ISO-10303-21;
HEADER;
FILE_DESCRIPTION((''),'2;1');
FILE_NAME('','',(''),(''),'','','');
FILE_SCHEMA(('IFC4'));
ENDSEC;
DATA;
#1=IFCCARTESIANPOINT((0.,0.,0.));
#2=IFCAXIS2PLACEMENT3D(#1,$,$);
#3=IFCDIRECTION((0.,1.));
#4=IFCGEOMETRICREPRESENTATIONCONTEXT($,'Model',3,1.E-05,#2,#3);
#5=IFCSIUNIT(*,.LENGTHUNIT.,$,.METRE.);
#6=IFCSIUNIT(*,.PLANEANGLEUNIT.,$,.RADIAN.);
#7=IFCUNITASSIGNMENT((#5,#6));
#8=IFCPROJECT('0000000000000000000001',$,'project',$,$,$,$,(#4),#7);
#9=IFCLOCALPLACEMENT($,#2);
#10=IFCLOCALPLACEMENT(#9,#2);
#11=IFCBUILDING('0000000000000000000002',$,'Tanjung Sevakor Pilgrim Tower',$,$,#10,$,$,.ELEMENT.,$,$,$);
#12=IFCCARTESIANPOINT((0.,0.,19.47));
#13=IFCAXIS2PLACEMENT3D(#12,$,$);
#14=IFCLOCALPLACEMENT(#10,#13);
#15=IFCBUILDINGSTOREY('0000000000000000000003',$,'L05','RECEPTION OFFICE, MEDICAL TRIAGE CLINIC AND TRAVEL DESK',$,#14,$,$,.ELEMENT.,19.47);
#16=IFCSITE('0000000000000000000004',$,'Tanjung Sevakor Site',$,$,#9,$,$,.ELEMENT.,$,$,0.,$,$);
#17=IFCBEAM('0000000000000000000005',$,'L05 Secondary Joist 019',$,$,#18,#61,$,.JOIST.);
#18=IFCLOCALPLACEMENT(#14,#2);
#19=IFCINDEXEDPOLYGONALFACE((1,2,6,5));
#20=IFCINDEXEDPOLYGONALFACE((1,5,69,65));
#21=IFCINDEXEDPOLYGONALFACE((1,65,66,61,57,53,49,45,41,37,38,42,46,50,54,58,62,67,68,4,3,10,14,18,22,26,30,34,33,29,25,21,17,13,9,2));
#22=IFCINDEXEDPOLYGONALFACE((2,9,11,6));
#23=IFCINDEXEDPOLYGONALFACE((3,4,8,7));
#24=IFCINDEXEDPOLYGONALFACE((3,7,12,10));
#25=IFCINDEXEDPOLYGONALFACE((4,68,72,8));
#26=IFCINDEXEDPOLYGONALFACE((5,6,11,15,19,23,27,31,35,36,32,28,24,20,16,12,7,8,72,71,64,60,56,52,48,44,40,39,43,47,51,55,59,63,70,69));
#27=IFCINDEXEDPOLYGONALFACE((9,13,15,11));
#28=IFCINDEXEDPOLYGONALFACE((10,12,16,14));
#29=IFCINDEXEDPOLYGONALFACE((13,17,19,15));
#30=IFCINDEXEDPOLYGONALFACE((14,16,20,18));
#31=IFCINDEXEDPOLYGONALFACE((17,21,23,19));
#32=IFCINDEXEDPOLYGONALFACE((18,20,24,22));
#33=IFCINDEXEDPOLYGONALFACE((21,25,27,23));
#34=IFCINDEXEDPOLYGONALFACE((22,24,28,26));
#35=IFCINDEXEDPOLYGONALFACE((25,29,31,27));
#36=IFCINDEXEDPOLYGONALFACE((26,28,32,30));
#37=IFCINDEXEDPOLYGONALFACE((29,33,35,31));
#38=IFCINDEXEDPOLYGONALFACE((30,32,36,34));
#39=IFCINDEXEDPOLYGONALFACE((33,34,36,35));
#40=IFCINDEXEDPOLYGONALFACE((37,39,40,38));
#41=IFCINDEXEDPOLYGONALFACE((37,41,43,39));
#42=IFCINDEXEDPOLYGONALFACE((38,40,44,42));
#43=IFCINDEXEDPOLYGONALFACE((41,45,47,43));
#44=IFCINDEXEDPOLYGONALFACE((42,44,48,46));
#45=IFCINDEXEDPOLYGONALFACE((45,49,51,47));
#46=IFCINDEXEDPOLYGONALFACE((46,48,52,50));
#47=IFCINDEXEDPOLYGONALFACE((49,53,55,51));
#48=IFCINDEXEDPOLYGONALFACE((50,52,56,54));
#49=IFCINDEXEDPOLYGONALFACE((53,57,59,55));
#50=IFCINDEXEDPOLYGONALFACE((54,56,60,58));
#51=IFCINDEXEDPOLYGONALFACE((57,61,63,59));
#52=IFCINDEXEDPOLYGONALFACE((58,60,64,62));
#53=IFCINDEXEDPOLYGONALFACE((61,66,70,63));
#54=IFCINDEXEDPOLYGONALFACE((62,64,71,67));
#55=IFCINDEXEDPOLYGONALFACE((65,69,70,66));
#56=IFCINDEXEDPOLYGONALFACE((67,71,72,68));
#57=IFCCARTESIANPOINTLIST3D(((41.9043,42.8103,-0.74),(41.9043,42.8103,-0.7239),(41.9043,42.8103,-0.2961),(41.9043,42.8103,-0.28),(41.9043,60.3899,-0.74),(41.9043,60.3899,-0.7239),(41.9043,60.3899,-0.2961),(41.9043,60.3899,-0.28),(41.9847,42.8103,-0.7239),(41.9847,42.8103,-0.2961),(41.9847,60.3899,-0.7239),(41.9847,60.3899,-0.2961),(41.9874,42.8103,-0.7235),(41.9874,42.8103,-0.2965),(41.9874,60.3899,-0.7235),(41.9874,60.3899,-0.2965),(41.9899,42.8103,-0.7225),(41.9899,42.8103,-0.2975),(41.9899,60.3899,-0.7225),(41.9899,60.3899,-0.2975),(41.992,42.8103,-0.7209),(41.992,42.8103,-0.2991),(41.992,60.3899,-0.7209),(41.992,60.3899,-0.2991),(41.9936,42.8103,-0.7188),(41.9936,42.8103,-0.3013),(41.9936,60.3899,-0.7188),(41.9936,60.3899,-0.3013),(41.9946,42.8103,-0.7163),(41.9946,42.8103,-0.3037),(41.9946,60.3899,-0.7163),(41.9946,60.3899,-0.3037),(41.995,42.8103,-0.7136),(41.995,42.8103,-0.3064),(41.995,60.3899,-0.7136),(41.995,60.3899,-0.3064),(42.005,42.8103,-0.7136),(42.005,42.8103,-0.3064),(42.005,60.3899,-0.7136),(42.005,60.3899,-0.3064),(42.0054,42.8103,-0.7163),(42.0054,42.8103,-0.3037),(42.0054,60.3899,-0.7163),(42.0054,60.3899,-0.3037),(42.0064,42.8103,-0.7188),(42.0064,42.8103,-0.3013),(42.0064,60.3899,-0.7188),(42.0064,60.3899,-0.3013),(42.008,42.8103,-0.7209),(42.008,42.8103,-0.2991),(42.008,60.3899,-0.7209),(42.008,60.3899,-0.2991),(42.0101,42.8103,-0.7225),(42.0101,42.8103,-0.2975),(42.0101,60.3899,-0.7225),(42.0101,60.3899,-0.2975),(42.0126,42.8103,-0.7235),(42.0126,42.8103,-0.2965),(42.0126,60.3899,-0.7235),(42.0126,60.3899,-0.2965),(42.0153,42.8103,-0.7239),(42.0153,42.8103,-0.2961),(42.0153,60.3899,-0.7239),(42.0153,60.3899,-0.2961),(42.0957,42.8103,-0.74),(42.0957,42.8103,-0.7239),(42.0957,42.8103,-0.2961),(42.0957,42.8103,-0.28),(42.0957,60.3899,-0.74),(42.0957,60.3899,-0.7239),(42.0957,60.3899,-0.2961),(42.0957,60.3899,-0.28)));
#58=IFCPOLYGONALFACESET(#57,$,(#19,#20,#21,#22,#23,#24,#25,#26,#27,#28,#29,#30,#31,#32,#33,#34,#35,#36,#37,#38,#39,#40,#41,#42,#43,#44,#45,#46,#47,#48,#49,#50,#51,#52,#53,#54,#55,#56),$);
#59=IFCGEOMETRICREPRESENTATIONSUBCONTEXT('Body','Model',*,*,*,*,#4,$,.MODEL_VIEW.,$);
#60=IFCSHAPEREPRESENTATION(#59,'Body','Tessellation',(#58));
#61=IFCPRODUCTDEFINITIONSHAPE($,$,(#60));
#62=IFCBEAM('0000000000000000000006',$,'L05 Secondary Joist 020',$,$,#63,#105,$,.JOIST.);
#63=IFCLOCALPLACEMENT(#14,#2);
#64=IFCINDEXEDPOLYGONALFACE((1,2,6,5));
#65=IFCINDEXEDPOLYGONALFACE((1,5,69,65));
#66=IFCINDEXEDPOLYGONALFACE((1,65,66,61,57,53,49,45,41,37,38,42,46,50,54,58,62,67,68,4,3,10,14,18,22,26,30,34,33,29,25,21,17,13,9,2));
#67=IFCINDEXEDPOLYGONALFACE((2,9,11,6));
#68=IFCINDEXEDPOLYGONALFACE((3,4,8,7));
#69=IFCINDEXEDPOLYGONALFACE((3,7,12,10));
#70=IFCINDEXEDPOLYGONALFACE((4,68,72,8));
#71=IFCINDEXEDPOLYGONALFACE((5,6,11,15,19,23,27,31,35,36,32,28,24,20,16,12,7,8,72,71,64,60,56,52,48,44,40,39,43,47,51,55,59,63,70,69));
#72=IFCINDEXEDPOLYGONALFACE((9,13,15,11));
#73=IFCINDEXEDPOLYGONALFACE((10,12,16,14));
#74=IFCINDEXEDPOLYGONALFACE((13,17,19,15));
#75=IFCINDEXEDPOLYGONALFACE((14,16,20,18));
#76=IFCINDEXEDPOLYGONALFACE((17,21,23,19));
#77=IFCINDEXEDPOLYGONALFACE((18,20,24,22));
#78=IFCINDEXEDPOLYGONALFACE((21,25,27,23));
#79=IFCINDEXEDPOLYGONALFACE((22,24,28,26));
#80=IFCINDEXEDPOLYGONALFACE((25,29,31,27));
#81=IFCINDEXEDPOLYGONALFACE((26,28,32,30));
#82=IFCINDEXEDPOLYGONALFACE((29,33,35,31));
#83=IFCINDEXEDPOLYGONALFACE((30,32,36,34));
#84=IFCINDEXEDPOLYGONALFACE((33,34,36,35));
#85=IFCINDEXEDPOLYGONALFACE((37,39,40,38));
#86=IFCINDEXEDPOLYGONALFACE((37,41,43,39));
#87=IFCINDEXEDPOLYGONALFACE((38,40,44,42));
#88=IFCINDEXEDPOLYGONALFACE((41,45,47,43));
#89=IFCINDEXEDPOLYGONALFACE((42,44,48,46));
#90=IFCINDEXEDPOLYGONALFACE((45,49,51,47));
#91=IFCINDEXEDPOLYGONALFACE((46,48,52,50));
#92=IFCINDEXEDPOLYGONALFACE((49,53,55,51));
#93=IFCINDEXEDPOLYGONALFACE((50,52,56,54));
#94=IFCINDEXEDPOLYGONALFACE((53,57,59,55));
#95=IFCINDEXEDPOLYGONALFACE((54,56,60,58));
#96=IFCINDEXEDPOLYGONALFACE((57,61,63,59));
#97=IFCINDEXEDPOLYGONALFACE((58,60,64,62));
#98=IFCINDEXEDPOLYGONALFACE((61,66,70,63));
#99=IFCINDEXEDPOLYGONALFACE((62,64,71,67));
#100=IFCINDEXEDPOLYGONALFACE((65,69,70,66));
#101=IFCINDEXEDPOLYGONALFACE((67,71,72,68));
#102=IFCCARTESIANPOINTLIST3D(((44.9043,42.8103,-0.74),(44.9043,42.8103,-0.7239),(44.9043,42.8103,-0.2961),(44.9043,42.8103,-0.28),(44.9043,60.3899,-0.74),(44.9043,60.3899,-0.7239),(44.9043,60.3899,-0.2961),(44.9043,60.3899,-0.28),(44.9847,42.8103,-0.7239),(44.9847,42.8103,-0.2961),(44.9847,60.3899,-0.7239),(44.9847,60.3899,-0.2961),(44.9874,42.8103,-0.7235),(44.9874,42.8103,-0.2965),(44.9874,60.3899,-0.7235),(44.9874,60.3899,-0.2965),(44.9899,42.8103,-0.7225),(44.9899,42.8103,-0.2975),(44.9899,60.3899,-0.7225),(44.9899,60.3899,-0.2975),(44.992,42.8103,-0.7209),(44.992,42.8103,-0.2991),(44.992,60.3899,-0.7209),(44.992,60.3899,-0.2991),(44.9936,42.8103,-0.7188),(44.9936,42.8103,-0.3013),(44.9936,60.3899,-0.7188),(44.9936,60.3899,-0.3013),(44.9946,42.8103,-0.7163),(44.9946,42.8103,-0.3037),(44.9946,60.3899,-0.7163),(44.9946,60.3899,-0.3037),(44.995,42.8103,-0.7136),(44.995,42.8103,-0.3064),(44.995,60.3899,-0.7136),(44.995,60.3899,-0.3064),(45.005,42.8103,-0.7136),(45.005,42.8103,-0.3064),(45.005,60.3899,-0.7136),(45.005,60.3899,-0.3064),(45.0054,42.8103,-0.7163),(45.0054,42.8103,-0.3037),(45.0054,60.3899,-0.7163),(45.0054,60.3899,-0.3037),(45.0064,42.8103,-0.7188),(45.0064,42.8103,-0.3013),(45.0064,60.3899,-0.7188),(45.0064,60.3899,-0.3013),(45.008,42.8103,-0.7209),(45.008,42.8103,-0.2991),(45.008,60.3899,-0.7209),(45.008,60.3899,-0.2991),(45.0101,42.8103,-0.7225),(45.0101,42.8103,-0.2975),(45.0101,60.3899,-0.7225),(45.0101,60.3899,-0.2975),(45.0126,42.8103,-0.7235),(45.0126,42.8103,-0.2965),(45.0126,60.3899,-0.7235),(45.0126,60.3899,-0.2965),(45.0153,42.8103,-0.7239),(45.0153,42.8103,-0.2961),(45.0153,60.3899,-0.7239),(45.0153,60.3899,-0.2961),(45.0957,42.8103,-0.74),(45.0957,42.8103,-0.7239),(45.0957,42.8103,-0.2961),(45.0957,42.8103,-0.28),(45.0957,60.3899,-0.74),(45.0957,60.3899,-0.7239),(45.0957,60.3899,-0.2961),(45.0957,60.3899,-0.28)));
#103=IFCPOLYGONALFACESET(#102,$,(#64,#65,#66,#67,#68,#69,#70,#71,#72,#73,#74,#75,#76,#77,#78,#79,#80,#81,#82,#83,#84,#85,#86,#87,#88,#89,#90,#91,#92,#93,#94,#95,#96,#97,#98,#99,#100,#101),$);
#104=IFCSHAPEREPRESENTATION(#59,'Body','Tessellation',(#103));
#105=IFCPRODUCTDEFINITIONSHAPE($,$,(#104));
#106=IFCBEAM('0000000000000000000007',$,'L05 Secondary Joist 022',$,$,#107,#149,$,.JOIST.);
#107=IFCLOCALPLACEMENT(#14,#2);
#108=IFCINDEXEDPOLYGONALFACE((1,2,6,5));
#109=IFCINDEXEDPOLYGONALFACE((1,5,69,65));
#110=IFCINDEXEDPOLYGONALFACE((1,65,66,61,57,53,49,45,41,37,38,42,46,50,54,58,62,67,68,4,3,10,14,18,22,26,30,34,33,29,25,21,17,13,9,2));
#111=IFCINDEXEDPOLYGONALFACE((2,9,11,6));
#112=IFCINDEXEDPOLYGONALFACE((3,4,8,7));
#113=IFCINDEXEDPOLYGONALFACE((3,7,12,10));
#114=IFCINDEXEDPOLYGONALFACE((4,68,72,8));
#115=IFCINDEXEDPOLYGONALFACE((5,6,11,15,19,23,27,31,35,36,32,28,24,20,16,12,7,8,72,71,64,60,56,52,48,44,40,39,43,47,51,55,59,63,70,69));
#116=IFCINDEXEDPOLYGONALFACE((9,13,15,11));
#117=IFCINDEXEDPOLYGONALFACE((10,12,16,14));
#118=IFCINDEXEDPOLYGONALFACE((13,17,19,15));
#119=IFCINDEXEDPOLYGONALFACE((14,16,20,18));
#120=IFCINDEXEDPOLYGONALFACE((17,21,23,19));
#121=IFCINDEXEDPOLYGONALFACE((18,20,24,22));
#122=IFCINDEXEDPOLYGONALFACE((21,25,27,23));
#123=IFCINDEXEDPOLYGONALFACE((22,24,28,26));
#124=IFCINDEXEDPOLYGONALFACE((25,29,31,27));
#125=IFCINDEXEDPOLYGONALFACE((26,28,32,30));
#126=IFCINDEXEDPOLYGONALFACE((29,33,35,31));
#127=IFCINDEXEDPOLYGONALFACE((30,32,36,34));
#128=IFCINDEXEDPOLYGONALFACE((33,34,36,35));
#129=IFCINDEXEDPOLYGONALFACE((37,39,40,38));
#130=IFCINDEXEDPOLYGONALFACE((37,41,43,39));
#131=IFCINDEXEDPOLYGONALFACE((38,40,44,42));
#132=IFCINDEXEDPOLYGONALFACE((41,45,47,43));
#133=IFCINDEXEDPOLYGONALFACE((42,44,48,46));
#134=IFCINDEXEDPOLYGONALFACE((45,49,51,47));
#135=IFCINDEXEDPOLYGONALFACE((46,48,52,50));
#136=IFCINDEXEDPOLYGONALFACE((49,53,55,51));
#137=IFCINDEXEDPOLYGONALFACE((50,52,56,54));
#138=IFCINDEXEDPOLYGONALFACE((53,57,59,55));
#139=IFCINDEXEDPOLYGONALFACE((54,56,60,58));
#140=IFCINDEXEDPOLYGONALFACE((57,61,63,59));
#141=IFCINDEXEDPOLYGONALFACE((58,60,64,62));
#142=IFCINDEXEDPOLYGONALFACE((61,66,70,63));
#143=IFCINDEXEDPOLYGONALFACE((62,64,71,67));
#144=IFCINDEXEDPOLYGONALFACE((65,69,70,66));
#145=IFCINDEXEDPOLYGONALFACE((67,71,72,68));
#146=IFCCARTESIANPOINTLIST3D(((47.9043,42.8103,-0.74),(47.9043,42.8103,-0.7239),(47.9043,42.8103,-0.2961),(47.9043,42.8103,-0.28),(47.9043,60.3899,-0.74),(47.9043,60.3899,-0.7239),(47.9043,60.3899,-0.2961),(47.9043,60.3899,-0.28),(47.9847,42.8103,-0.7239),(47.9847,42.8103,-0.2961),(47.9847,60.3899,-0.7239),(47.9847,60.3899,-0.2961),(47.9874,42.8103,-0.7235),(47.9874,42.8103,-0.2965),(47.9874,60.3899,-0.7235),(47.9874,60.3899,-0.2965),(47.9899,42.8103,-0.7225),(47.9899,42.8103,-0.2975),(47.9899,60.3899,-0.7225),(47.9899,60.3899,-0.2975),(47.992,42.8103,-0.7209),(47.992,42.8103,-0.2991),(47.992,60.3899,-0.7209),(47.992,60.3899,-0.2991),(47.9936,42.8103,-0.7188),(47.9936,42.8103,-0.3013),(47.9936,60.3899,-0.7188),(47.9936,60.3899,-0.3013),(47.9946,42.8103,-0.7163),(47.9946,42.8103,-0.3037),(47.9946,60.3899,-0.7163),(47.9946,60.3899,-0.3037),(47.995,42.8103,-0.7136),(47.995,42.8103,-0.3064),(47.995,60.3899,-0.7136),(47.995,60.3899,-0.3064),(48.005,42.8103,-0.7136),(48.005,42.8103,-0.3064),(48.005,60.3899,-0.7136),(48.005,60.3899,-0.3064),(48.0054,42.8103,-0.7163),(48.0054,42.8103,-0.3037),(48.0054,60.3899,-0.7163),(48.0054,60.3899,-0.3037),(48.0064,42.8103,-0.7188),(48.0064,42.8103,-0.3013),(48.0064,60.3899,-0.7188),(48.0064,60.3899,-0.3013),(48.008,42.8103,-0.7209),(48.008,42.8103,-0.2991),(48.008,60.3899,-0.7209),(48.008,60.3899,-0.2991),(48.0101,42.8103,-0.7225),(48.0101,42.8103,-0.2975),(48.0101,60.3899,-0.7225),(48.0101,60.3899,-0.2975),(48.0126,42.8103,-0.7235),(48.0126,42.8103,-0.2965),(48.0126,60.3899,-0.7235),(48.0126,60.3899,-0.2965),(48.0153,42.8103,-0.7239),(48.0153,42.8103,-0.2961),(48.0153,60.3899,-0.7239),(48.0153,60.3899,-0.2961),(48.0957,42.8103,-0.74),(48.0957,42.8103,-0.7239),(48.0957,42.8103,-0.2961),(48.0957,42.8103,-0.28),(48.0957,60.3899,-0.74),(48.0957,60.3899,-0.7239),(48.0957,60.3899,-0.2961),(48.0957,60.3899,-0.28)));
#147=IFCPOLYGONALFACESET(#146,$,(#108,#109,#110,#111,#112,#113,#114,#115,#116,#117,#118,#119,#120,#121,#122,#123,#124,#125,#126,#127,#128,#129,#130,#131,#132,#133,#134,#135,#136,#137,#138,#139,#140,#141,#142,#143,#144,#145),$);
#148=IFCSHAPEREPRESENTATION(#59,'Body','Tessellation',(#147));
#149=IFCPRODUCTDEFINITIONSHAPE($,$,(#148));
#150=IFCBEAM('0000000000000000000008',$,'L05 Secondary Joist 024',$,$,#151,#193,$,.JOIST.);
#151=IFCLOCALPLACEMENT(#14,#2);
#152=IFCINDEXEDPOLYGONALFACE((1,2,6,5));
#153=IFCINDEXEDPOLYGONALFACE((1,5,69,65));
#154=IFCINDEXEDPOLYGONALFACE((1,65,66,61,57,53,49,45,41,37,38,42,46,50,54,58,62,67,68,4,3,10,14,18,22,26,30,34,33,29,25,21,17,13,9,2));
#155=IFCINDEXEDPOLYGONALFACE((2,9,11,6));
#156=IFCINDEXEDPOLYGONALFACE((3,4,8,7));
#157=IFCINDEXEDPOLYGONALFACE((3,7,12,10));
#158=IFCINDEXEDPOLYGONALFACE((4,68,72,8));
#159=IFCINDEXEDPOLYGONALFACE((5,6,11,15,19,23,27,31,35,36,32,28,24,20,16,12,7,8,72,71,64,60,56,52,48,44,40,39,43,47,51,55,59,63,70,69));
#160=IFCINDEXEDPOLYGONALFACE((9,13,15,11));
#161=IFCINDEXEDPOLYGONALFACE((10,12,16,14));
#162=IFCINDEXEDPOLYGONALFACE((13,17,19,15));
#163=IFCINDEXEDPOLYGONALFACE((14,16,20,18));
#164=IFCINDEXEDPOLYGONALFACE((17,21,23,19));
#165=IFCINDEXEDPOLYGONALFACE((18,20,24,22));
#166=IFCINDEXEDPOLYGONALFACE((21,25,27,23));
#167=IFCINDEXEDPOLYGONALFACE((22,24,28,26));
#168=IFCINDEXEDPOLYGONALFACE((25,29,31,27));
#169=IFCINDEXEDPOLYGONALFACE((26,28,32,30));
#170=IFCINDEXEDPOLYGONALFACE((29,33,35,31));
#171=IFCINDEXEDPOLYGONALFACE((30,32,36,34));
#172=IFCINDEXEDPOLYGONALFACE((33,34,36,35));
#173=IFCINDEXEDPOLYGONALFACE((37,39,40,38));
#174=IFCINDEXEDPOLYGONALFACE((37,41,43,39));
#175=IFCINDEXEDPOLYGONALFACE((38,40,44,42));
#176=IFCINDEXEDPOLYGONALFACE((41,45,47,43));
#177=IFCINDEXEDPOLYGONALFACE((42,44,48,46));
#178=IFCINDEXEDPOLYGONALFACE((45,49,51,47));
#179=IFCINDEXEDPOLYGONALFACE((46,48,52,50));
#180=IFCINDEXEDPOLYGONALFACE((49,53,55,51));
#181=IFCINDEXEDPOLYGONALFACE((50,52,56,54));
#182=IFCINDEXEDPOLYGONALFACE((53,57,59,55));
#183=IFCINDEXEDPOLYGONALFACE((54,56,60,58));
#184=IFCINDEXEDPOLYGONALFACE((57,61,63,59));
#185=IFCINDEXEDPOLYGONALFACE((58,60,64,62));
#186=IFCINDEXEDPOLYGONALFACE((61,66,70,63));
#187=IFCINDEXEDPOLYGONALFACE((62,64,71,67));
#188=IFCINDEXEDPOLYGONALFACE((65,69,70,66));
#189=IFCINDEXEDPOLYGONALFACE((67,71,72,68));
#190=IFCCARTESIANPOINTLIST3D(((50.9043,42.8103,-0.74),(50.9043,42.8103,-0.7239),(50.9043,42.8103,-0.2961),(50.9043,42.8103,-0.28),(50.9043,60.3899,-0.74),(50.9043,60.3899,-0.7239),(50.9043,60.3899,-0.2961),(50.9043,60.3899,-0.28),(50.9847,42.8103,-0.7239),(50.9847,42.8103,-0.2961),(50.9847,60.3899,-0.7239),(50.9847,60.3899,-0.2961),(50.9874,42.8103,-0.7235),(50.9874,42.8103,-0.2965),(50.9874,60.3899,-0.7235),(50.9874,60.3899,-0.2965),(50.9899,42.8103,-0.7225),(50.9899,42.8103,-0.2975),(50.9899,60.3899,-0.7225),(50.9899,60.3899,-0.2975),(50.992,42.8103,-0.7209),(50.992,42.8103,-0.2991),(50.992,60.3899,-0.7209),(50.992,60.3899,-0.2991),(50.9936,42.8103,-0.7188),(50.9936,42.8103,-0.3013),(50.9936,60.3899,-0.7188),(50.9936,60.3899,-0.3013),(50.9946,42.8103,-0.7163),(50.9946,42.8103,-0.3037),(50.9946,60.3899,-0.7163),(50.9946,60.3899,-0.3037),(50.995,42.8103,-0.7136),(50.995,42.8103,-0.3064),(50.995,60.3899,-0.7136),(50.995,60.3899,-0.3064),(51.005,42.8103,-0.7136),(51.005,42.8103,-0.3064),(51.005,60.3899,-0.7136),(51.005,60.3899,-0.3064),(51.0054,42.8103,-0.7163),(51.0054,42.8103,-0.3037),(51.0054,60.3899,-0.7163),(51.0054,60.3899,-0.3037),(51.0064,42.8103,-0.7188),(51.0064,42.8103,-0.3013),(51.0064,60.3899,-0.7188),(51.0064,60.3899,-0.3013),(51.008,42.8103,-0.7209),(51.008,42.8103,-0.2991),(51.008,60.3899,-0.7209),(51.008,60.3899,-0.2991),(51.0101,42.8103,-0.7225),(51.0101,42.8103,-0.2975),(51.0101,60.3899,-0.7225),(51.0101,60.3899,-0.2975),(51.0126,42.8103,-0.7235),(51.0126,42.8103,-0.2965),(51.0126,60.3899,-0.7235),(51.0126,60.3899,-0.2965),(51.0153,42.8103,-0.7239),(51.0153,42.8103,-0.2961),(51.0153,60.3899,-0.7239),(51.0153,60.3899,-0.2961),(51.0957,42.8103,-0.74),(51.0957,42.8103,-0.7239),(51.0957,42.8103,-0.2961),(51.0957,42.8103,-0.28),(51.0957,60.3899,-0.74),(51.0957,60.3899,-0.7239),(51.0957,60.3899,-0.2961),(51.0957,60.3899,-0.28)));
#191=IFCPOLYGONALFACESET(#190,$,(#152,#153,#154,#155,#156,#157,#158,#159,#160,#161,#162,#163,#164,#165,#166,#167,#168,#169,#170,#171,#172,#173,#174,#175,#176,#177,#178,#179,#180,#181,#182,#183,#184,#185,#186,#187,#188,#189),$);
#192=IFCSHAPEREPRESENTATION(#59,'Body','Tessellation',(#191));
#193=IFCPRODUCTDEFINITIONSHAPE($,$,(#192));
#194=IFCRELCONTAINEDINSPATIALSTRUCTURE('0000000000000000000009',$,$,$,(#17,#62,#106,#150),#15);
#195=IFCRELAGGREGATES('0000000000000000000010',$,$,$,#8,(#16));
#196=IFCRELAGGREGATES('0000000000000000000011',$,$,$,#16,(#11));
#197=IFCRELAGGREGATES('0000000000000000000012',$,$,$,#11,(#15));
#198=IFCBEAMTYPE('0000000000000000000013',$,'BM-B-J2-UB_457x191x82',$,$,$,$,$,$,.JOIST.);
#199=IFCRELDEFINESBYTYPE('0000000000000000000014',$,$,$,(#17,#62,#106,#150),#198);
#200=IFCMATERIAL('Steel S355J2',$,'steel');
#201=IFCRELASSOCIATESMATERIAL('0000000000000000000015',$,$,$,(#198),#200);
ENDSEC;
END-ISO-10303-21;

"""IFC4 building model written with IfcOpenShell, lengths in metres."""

from ifc_helpers import new_model, si_unit, direction, frame, origin, origin_2d, place, context, subcontext, project, spatial, i_section, extrude, material, material_profile, profile_set, type_object, element, save


model = new_model("IFC4")

# Units and contexts
model_context = context("Model", 3, precision=1e-05, world=origin(), true_north=direction((0.0, 1.0)))
body_context = subcontext(model_context, "Body", "Model", "MODEL_VIEW")
ifc_project = project(units=[si_unit("LENGTHUNIT", "METRE"), si_unit("PLANEANGLEUNIT", "RADIAN")], contexts=[model_context])

# Site, building, storey
site_placement = place(None, origin())
site = spatial("IfcSite", under=ifc_project, at=site_placement, Name="Tanjung Sevakor Site", CompositionType="ELEMENT", RefElevation=0.0)
building_placement = place(site_placement, origin())
building = spatial("IfcBuilding", under=site, at=building_placement, Name="Tanjung Sevakor Pilgrim Tower", CompositionType="ELEMENT")
storey_placement = place(building_placement, frame((0.0, 0.0, 19.47)))
storey = spatial("IfcBuildingStorey", under=building, at=storey_placement, Name="L05", Description="RECEPTION OFFICE, MEDICAL TRIAGE CLINIC AND TRAVEL DESK", CompositionType="ELEMENT", Elevation=19.47)

# Beams
ifc_material_1 = material(Name="Steel S355J2", Category="steel")
ifc_material_profile_1 = material_profile(ifc_material_1, i_section(OverallWidth=0.1914, OverallDepth=0.46, WebThickness=0.01, FlangeThickness=0.0161, FilletRadius=0.0103, at=origin_2d()))
ifc_profile_set_1 = profile_set([ifc_material_profile_1], Name="Steel S355J2")
beam_type_1 = type_object("IfcBeamType", Name="BM-B-J2-UB_457x191x82", PredefinedType="JOIST", material=ifc_profile_set_1)
for number, where, z_axis, x_axis, name in (
    (1, (42.0, 42.8103, -0.51), (0.0, 1.0, 0.0), (-1.0, 0.0, 0.0), "L05 Secondary Joist 019"),
    (2, (45.0, 42.8103, -0.51), (0.0, 1.0, 0.0), (-1.0, 0.0, 0.0), "L05 Secondary Joist 020"),
    (3, (48.0, 42.8103, -0.51), (0.0, 1.0, 0.0), (-1.0, 0.0, 0.0), "L05 Secondary Joist 022"),
    (4, (51.0, 42.8103, -0.51), (0.0, 1.0, 0.0), (-1.0, 0.0, 0.0), "L05 Secondary Joist 024"),
):
    element("IfcBeam", number, at=place(storey_placement, frame(where, z_axis=z_axis, x_axis=x_axis)), inside=storey, type_object=beam_type_1, Name=name, PredefinedType="JOIST", context=body_context, shape_type="SweptSolid", body=[
        extrude(i_section(OverallWidth=0.1914, OverallDepth=0.46, WebThickness=0.01, FlangeThickness=0.0161, FilletRadius=0.0103, at=origin_2d()), origin(), (0.0, 0.0, 1.0), 17.5796),
    ])

save(model, "model.ifc")
